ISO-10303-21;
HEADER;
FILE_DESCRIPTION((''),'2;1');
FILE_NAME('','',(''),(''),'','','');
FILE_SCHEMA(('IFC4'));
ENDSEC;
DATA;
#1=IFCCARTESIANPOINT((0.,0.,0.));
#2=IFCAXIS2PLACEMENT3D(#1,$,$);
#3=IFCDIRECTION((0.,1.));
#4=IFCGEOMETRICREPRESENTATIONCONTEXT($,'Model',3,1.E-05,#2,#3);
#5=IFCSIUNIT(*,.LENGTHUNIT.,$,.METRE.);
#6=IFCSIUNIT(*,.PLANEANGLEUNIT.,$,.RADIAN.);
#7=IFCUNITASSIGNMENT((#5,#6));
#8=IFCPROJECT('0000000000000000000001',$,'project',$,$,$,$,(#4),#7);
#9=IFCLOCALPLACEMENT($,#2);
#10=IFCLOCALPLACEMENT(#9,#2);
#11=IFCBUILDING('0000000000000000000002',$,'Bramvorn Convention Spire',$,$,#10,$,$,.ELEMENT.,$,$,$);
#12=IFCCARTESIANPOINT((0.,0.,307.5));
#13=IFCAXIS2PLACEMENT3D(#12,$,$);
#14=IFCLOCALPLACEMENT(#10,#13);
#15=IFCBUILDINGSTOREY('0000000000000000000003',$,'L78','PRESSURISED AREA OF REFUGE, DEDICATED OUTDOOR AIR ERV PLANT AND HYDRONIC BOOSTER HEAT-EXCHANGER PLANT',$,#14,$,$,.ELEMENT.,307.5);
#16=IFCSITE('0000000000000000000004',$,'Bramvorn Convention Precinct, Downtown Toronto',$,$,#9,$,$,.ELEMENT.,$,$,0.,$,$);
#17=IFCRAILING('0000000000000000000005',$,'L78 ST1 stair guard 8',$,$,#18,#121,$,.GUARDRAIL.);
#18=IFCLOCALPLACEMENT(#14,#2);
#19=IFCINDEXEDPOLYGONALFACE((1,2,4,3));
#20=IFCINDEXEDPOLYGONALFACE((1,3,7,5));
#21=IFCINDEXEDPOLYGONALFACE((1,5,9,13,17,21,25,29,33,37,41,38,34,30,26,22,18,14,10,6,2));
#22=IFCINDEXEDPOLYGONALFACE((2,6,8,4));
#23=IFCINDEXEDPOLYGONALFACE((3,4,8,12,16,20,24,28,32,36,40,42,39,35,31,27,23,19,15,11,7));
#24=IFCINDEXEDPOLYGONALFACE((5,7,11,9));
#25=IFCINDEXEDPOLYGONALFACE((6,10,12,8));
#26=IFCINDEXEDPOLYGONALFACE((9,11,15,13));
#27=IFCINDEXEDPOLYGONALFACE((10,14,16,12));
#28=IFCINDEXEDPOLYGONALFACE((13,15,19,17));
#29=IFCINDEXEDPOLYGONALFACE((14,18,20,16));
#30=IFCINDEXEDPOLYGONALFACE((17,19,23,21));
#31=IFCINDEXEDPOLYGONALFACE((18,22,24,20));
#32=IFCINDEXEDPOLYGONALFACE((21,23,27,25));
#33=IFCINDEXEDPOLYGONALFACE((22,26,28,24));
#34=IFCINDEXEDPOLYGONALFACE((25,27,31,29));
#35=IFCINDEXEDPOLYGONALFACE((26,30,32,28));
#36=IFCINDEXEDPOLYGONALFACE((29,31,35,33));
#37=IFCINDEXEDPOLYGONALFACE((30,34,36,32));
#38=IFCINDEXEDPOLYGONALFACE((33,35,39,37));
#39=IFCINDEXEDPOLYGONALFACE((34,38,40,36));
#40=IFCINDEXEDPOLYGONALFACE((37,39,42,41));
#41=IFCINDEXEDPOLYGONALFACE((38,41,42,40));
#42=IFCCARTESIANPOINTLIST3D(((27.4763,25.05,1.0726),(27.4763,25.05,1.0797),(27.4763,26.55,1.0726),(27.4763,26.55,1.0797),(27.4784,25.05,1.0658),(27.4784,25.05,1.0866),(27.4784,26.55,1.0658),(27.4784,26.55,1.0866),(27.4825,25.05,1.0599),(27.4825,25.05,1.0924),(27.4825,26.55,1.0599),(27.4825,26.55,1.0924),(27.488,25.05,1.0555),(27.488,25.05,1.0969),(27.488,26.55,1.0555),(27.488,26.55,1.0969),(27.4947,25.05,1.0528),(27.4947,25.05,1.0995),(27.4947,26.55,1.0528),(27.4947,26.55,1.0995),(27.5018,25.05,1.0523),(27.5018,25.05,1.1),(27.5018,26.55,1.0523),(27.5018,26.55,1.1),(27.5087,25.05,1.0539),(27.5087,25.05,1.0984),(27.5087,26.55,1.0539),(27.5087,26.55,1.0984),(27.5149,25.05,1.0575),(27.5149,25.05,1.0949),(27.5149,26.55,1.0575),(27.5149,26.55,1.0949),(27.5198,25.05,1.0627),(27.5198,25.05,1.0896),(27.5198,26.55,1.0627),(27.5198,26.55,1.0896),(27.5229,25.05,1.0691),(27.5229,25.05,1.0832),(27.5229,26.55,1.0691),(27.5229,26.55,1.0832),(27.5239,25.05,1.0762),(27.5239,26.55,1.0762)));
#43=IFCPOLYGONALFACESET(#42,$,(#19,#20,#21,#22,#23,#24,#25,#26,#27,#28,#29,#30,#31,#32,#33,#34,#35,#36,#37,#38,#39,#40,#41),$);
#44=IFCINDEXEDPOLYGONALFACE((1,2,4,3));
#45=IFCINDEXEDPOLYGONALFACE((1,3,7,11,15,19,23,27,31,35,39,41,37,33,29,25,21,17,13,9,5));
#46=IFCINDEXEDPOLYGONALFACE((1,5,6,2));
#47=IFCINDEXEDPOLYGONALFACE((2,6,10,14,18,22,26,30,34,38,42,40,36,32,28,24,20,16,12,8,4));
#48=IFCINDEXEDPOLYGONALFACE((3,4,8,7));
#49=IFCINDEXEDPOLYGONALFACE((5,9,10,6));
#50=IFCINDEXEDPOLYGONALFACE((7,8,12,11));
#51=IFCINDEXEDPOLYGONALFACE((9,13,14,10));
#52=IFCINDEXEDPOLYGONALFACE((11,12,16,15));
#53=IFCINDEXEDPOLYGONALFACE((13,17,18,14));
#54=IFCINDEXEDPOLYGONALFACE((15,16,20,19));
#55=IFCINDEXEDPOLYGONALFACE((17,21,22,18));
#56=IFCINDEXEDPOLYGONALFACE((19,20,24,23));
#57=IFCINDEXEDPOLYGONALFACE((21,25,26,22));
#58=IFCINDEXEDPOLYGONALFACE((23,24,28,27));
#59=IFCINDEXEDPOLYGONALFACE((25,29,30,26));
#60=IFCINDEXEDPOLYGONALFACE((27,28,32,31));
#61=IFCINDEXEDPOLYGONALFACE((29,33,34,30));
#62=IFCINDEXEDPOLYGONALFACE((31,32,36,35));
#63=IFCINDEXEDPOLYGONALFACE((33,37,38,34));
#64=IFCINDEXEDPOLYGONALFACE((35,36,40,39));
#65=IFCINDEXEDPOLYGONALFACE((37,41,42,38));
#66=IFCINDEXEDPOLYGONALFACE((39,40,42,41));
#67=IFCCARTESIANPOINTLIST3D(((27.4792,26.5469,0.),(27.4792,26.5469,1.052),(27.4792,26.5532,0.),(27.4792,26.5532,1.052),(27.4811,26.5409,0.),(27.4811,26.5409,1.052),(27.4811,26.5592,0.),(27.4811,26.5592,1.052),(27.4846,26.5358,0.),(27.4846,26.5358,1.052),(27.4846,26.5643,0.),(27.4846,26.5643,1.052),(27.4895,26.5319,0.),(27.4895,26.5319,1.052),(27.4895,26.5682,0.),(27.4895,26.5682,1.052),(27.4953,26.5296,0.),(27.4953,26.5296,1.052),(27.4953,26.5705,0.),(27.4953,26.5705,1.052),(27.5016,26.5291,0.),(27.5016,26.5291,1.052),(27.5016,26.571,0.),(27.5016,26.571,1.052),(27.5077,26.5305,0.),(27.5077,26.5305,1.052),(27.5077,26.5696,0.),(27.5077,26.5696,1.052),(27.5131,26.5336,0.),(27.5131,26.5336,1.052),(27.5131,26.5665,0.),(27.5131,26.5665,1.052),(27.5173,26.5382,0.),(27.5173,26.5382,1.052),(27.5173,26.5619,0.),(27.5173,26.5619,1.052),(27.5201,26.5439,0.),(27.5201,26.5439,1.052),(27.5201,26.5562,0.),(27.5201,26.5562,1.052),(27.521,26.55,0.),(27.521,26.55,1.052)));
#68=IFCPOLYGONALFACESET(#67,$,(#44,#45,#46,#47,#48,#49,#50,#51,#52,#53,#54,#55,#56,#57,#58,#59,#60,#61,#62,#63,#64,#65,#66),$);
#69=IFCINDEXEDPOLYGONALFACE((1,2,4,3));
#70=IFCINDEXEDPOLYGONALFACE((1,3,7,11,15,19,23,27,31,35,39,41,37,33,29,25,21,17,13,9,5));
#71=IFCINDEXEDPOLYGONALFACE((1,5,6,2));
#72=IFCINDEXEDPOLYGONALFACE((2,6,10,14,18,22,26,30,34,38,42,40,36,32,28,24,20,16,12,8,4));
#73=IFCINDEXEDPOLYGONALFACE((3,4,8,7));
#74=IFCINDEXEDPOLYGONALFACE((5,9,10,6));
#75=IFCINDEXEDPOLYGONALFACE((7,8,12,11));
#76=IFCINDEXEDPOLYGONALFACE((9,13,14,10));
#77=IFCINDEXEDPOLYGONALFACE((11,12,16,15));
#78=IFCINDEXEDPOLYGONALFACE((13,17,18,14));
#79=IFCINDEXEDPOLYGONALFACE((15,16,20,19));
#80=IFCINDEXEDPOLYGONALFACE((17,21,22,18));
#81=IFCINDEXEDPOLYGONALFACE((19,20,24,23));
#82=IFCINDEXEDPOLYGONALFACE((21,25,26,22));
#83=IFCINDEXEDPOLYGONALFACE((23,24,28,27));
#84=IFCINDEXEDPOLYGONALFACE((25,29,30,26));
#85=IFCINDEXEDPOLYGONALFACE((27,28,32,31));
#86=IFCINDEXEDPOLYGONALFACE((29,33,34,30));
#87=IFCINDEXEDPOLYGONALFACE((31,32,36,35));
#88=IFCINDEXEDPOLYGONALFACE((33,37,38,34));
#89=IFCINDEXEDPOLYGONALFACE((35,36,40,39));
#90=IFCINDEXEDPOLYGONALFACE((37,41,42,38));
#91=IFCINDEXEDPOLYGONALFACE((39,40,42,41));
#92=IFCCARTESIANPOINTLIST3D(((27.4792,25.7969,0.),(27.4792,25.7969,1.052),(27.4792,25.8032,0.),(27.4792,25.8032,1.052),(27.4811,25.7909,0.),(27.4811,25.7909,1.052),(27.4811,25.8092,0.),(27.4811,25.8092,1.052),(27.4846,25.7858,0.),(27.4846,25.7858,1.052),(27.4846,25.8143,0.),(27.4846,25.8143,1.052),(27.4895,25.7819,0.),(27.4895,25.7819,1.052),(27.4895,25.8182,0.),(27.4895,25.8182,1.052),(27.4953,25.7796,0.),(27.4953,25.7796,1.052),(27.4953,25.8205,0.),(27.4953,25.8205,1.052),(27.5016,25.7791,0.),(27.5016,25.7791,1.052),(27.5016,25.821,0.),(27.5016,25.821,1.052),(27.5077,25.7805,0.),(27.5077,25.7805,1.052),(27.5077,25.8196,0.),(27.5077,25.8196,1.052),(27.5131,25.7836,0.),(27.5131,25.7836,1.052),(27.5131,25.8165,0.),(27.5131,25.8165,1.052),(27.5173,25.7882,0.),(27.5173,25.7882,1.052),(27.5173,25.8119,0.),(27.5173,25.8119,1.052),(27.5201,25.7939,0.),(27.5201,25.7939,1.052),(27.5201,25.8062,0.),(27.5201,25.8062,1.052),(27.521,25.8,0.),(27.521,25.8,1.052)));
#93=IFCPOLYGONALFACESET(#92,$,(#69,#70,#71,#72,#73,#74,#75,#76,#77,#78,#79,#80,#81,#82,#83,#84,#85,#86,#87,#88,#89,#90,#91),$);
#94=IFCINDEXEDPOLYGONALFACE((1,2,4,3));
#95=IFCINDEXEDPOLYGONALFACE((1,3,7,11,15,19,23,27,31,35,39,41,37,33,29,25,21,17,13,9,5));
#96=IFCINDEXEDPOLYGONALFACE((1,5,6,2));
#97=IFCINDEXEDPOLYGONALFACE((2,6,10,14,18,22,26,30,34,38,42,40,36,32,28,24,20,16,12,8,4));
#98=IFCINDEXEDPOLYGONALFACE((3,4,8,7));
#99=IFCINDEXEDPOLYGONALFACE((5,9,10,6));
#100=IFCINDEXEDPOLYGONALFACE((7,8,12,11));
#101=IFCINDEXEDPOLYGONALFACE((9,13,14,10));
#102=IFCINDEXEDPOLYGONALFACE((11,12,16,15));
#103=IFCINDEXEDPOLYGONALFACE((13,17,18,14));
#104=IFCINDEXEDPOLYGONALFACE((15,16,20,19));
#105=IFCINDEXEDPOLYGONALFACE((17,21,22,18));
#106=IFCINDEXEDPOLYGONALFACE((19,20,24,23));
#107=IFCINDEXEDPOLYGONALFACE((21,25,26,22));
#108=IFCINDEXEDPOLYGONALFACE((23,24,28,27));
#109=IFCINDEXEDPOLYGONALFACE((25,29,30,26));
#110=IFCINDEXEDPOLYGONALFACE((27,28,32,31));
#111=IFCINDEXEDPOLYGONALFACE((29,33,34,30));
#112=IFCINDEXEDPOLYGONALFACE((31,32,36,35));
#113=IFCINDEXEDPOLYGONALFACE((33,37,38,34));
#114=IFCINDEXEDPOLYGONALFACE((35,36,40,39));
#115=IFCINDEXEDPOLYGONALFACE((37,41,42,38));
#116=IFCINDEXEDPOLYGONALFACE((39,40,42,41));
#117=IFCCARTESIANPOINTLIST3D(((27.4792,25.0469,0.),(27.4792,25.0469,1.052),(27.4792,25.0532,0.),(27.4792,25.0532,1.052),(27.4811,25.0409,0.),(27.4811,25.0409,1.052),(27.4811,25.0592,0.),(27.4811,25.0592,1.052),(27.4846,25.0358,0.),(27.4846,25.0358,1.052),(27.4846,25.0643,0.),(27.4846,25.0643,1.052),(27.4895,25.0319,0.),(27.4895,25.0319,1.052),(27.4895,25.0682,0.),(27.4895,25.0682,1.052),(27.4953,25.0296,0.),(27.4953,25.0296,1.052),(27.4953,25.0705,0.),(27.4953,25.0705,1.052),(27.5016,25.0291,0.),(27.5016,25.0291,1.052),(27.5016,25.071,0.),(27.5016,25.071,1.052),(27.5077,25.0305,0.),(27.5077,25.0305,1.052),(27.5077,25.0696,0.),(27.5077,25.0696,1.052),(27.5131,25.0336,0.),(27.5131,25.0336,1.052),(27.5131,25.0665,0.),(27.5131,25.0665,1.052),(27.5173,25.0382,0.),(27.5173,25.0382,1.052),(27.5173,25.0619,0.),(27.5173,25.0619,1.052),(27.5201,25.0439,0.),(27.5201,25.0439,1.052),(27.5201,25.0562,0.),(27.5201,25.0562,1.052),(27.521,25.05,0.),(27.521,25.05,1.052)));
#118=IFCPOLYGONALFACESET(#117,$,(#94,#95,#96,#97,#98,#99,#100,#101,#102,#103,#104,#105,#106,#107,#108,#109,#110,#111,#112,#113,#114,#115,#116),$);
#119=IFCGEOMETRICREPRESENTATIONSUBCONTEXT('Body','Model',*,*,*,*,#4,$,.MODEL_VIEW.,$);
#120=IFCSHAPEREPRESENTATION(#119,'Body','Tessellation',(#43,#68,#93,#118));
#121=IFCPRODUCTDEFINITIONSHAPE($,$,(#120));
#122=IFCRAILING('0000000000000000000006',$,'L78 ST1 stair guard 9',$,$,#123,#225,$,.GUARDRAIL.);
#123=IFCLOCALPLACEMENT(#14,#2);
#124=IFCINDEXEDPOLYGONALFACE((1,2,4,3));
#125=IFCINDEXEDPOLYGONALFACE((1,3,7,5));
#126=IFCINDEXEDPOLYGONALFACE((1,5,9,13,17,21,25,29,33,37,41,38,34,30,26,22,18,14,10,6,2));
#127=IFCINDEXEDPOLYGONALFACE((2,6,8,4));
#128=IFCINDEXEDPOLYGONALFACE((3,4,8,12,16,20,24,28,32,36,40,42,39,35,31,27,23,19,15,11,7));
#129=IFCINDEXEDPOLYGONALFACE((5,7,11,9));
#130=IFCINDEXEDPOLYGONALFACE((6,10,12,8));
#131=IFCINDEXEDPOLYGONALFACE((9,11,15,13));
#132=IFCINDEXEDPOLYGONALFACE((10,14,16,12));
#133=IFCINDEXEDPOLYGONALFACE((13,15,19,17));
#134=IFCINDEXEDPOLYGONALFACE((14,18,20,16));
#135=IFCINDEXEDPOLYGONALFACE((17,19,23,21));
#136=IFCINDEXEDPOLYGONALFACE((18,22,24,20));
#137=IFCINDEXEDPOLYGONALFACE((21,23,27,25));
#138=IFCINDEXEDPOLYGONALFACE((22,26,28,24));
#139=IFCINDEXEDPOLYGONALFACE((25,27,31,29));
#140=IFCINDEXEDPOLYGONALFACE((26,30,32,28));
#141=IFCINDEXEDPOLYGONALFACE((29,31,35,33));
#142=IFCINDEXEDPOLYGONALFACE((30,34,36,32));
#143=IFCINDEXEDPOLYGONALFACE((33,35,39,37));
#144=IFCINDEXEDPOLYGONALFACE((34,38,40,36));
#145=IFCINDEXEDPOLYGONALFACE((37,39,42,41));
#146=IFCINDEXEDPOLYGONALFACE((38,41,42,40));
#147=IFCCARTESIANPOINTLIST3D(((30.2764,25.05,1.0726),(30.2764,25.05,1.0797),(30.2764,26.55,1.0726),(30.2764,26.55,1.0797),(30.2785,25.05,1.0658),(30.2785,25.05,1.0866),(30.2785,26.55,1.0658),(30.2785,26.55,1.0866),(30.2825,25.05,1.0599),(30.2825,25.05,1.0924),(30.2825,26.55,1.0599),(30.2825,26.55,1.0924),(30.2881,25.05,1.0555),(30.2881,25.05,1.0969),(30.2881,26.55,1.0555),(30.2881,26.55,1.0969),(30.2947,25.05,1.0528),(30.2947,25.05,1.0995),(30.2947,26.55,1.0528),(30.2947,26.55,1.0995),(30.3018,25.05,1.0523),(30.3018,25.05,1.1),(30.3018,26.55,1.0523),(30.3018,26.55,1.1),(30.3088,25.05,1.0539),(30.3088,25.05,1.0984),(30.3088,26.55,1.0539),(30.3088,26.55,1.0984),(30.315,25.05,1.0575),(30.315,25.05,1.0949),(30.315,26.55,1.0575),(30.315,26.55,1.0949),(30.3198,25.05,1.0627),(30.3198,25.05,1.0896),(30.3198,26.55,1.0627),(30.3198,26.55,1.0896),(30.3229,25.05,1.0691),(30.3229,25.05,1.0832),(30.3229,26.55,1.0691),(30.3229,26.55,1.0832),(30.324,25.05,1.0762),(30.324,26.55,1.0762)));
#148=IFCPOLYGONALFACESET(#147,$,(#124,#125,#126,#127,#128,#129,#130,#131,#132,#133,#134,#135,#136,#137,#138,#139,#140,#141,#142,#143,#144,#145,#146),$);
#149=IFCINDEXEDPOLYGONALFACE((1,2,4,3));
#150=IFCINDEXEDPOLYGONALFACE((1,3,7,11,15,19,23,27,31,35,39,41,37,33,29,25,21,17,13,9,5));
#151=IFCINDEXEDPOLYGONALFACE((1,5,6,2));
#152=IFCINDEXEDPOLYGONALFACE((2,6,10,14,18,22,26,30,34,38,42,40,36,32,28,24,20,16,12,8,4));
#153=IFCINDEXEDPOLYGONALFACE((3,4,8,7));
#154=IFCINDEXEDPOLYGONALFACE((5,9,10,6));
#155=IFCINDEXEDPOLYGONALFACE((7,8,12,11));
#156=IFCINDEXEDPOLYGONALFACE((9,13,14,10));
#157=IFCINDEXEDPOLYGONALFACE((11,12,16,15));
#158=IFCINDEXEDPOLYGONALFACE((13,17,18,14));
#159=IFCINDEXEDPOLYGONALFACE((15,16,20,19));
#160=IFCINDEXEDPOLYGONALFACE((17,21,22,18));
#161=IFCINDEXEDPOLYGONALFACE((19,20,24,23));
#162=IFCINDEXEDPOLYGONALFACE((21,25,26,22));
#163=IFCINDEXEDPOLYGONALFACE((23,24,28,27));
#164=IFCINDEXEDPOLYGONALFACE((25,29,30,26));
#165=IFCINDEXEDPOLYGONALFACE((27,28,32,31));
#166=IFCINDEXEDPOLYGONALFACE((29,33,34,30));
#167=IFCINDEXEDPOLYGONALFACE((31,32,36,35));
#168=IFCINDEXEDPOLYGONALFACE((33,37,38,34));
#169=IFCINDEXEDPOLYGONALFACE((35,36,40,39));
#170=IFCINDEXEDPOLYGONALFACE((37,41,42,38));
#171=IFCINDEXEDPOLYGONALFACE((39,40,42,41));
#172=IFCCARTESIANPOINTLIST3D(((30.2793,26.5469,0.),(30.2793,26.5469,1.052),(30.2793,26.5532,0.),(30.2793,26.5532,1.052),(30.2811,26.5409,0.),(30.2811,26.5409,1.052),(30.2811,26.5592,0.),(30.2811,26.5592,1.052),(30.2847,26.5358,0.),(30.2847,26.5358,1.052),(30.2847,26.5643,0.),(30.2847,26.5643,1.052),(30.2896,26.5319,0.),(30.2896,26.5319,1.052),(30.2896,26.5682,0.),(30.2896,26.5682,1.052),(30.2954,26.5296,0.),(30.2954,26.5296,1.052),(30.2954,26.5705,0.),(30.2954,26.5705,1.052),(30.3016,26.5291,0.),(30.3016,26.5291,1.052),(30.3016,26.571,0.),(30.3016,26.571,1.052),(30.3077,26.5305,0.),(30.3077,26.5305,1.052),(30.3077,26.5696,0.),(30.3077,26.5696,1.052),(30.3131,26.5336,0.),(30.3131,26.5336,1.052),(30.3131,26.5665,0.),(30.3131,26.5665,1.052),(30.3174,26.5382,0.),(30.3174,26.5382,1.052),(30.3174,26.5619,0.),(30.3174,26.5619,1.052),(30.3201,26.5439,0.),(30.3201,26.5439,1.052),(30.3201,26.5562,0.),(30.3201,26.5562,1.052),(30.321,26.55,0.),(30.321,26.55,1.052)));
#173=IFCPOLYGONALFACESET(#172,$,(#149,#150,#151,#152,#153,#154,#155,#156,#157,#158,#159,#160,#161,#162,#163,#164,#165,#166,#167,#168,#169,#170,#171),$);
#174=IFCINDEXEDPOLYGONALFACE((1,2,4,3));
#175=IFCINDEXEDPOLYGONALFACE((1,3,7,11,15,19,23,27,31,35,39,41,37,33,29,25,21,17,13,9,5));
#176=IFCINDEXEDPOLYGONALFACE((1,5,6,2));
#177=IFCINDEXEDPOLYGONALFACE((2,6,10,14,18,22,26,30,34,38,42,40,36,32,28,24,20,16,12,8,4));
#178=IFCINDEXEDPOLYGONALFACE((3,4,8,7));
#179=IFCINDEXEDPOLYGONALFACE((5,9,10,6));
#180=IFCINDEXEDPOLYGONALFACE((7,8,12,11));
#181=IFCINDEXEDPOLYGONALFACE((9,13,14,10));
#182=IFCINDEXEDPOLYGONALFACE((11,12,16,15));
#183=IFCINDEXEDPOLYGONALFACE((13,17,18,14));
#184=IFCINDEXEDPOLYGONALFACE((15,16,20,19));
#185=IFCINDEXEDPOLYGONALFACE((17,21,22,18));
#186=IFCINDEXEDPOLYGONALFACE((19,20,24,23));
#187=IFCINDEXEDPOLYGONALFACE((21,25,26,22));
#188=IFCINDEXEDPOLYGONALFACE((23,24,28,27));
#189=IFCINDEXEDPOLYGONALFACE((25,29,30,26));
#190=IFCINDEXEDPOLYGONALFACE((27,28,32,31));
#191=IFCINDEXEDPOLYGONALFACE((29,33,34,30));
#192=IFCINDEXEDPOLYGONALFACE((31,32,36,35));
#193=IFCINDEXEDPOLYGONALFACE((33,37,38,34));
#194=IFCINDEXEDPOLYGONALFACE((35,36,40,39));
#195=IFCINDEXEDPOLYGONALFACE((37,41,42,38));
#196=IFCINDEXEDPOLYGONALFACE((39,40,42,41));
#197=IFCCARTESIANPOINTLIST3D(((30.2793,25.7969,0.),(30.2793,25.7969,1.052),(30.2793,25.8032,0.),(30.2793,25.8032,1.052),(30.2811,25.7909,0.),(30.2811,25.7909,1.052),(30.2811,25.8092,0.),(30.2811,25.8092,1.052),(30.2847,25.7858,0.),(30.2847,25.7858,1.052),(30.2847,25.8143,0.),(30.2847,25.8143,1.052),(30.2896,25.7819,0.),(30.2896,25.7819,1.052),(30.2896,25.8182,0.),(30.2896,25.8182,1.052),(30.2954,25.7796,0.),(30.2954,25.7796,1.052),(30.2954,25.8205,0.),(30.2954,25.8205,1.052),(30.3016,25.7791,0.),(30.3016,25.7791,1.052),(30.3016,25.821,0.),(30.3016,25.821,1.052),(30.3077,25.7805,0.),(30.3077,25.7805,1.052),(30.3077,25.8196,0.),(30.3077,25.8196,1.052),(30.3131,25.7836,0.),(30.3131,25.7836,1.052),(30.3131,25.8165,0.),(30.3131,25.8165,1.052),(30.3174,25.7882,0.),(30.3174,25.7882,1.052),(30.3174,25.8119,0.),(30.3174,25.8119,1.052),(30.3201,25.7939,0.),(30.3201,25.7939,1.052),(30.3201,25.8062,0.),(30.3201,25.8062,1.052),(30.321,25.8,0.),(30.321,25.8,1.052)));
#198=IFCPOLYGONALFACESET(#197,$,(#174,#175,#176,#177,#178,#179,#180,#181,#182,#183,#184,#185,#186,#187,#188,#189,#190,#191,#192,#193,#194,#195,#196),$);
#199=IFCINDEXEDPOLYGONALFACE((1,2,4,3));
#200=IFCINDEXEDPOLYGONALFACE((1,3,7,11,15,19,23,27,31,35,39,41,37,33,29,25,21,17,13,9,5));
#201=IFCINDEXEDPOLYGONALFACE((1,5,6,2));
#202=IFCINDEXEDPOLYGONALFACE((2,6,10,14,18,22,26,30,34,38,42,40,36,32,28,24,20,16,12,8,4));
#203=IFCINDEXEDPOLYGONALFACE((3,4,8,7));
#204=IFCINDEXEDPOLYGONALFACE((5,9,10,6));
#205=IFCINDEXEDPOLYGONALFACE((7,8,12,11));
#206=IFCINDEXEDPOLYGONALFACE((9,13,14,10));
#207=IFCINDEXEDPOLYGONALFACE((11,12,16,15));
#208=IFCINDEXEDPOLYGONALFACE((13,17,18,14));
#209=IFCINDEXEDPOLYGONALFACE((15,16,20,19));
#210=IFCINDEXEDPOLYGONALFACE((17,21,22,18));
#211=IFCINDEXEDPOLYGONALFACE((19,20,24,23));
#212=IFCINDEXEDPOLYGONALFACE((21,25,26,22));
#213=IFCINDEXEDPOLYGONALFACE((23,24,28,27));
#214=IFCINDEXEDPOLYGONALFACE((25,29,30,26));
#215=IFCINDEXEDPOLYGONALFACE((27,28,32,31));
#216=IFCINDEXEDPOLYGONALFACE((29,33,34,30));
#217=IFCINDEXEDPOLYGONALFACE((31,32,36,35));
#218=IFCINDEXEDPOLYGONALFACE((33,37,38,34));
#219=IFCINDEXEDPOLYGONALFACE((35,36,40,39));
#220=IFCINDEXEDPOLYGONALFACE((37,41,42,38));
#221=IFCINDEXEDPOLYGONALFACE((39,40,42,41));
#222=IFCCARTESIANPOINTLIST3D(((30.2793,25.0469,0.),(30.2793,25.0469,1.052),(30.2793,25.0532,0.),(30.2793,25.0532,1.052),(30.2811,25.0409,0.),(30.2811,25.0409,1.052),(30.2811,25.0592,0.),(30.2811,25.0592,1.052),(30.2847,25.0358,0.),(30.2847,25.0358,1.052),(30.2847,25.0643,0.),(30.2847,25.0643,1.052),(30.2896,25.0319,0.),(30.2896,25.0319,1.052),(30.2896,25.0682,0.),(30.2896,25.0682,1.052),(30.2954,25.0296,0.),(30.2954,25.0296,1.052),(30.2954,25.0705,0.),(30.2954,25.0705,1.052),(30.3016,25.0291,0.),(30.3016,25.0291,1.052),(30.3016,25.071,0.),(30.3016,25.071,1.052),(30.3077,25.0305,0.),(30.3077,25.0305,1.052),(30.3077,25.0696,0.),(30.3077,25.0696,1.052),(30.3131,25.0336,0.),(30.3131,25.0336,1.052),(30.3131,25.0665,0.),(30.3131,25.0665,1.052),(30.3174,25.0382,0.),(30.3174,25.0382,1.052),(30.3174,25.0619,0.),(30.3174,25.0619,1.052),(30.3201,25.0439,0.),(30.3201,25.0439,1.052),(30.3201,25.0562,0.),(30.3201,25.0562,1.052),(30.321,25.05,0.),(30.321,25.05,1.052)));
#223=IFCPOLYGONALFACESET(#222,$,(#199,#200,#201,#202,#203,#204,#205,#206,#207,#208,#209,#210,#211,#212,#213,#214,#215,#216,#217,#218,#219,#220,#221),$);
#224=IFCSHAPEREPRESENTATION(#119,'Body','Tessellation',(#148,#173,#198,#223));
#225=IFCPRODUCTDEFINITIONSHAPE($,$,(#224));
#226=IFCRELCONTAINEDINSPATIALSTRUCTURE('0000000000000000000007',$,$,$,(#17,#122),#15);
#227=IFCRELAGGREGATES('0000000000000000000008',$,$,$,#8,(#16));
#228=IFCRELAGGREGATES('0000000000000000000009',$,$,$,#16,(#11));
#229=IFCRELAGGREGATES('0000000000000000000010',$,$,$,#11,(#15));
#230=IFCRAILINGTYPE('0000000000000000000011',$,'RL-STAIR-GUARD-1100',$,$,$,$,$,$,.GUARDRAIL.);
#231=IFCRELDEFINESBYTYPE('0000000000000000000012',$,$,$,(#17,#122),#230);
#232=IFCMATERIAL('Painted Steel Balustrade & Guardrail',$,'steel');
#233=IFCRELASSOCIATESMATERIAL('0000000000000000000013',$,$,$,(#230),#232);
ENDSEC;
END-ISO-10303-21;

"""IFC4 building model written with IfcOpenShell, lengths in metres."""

from ifc_helpers import new_model, si_unit, direction, frame, origin, origin_2d, place, context, subcontext, project, spatial, circle, extrude, material, type_object, element, save


model = new_model("IFC4")

# Units and contexts
model_context = context("Model", 3, precision=1e-05, world=origin(), true_north=direction((0.0, 1.0)))
body_context = subcontext(model_context, "Body", "Model", "MODEL_VIEW")
ifc_project = project(units=[si_unit("LENGTHUNIT", "METRE"), si_unit("PLANEANGLEUNIT", "RADIAN")], contexts=[model_context])

# Site, building, storey
site_placement = place(None, origin())
site = spatial("IfcSite", under=ifc_project, at=site_placement, Name="Bramvorn Convention Precinct, Downtown Toronto", CompositionType="ELEMENT", RefElevation=0.0)
building_placement = place(site_placement, origin())
building = spatial("IfcBuilding", under=site, at=building_placement, Name="Bramvorn Convention Spire", CompositionType="ELEMENT")
storey_placement = place(building_placement, frame((0.0, 0.0, 307.5)))
storey = spatial("IfcBuildingStorey", under=building, at=storey_placement, Name="L78", Description="PRESSURISED AREA OF REFUGE, DEDICATED OUTDOOR AIR ERV PLANT AND HYDRONIC BOOSTER HEAT-EXCHANGER PLANT", CompositionType="ELEMENT", Elevation=307.5)

# Railings
ifc_material_1 = material(Name="Painted Steel Balustrade & Guardrail", Category="steel")
railing_type = type_object("IfcRailingType", Name="RL-STAIR-GUARD-1100", PredefinedType="GUARDRAIL", material=ifc_material_1)
for number, where, name in (
    (1, (27.5, 26.55, 0.0), "L78 ST1 stair guard 8"),
    (2, (30.3, 26.55, 0.0), "L78 ST1 stair guard 9"),
):
    element("IfcRailing", number, at=place(storey_placement, frame(where)), inside=storey, type_object=railing_type, Name=name, PredefinedType="GUARDRAIL", context=body_context, shape_type="SweptSolid", body=[
        extrude(circle(Radius=0.0239, at=origin_2d()), frame((0.0, 0.0, 1.0762), z_axis=(0.0, -1.0, 0.0), x_axis=(1.0, 0.0, 0.0)), (0.0, 0.0, 1.0), 1.5),
        extrude(circle(Radius=0.021, at=origin_2d()), origin(), (0.0, 0.0, 1.0), 1.052),
        extrude(circle(Radius=0.021, at=origin_2d()), frame((0.0, -0.75, 0.0)), (0.0, 0.0, 1.0), 1.052),
        extrude(circle(Radius=0.021, at=origin_2d()), frame((0.0, -1.5, 0.0)), (0.0, 0.0, 1.0), 1.052),
    ])

save(model, "model.ifc")
